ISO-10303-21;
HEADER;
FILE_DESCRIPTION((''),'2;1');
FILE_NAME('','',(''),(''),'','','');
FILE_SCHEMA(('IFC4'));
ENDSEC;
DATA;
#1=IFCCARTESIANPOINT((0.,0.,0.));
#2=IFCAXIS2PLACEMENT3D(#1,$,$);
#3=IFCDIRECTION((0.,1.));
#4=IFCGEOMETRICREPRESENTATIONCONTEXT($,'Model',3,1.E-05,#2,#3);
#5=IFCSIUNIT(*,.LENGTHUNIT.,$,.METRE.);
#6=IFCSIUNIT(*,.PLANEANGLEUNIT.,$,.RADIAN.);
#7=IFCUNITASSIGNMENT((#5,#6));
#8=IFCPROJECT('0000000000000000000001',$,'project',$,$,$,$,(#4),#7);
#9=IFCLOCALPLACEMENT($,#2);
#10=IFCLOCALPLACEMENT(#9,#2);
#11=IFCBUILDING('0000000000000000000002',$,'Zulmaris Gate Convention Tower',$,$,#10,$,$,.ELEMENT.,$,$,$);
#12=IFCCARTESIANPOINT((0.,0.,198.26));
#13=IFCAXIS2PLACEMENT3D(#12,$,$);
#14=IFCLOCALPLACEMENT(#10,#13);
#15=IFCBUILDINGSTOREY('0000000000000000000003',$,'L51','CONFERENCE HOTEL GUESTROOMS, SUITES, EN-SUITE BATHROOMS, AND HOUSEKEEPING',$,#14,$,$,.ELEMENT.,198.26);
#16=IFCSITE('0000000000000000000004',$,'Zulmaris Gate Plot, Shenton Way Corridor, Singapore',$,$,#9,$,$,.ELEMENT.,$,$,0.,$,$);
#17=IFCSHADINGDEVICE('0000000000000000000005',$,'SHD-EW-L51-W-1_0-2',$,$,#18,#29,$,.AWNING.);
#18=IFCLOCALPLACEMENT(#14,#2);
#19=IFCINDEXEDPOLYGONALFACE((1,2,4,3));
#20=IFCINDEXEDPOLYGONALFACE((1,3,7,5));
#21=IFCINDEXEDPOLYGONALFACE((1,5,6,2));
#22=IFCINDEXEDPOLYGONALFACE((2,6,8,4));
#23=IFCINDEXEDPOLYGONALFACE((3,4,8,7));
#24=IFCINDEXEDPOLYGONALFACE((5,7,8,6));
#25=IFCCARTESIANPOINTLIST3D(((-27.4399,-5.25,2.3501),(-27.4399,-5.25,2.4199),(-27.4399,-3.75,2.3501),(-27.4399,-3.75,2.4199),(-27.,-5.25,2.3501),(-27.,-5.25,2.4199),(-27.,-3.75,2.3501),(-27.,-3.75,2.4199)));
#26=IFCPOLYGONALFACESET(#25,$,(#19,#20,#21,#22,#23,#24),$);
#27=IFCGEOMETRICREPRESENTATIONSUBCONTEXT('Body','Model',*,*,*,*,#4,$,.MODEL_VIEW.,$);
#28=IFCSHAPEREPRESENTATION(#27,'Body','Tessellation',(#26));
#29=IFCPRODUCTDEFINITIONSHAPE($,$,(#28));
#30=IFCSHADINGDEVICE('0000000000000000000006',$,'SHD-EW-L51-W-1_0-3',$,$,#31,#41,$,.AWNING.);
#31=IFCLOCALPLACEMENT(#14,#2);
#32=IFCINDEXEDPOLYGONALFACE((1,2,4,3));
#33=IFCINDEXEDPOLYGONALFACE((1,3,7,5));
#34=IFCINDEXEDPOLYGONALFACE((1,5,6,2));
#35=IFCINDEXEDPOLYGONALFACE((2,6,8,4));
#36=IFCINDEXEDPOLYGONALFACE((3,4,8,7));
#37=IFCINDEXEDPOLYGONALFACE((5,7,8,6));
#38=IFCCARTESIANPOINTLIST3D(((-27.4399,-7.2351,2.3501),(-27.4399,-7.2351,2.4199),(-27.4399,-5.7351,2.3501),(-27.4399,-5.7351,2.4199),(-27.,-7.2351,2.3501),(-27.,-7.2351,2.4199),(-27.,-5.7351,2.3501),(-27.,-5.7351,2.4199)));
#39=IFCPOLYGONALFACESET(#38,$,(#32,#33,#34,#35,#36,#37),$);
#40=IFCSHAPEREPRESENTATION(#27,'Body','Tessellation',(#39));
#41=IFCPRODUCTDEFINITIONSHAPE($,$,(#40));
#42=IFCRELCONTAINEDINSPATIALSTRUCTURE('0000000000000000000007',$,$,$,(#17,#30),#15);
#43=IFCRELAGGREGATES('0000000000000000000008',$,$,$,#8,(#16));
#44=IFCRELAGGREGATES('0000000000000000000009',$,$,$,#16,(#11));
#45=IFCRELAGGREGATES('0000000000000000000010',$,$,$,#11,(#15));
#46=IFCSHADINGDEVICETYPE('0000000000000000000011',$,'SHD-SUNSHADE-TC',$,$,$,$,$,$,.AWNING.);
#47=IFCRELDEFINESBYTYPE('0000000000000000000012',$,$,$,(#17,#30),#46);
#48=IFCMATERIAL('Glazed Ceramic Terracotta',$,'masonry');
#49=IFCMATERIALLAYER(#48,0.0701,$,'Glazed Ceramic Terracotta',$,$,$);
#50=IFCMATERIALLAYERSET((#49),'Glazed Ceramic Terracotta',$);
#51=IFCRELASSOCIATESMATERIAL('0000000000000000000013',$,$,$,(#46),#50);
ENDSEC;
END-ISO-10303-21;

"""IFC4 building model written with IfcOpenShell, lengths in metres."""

from ifc_helpers import new_model, si_unit, direction, frame, frame_2d, origin, place, context, subcontext, project, spatial, rectangle, extrude, material, layer, layer_set, type_object, element, save


model = new_model("IFC4")

# Units and contexts
model_context = context("Model", 3, precision=1e-05, world=origin(), true_north=direction((0.0, 1.0)))
body_context = subcontext(model_context, "Body", "Model", "MODEL_VIEW")
ifc_project = project(units=[si_unit("LENGTHUNIT", "METRE"), si_unit("PLANEANGLEUNIT", "RADIAN")], contexts=[model_context])

# Site, building, storey
site_placement = place(None, origin())
site = spatial("IfcSite", under=ifc_project, at=site_placement, Name="Zulmaris Gate Plot, Shenton Way Corridor, Singapore", CompositionType="ELEMENT", RefElevation=0.0)
building_placement = place(site_placement, origin())
building = spatial("IfcBuilding", under=site, at=building_placement, Name="Zulmaris Gate Convention Tower", CompositionType="ELEMENT")
storey_placement = place(building_placement, frame((0.0, 0.0, 198.26)))
storey = spatial("IfcBuildingStorey", under=building, at=storey_placement, Name="L51", Description="CONFERENCE HOTEL GUESTROOMS, SUITES, EN-SUITE BATHROOMS, AND HOUSEKEEPING", CompositionType="ELEMENT", Elevation=198.26)

# Shading devices
ifc_material_1 = material(Name="Glazed Ceramic Terracotta", Category="masonry")
ifc_layer_1 = layer(ifc_material_1, 0.0701, Name="Glazed Ceramic Terracotta")
ifc_layer_set_1 = layer_set([ifc_layer_1], Name="Glazed Ceramic Terracotta")
shading_device_type = type_object("IfcShadingDeviceType", Name="SHD-SUNSHADE-TC", PredefinedType="AWNING", material=ifc_layer_set_1)
for number, where, z_axis, x_axis, name in (
    (1, (-27.22, -3.75, 2.3501), (0.0, 0.0, 1.0), (0.0, -1.0, 0.0), "SHD-EW-L51-W-1_0-2"),
    (2, (-27.22, -5.7351, 2.3501), (0.0, 0.0, 1.0), (0.0, -1.0, 0.0), "SHD-EW-L51-W-1_0-3"),
):
    element("IfcShadingDevice", number, at=place(storey_placement, frame(where, z_axis=z_axis, x_axis=x_axis)), inside=storey, type_object=shading_device_type, Name=name, PredefinedType="AWNING", context=body_context, shape_type="SweptSolid", body=[
        extrude(rectangle(XDim=1.5, YDim=0.4399, at=frame_2d((0.75, 0.0))), origin(), (0.0, 0.0, 1.0), 0.0698),
    ])

save(model, "model.ifc")
